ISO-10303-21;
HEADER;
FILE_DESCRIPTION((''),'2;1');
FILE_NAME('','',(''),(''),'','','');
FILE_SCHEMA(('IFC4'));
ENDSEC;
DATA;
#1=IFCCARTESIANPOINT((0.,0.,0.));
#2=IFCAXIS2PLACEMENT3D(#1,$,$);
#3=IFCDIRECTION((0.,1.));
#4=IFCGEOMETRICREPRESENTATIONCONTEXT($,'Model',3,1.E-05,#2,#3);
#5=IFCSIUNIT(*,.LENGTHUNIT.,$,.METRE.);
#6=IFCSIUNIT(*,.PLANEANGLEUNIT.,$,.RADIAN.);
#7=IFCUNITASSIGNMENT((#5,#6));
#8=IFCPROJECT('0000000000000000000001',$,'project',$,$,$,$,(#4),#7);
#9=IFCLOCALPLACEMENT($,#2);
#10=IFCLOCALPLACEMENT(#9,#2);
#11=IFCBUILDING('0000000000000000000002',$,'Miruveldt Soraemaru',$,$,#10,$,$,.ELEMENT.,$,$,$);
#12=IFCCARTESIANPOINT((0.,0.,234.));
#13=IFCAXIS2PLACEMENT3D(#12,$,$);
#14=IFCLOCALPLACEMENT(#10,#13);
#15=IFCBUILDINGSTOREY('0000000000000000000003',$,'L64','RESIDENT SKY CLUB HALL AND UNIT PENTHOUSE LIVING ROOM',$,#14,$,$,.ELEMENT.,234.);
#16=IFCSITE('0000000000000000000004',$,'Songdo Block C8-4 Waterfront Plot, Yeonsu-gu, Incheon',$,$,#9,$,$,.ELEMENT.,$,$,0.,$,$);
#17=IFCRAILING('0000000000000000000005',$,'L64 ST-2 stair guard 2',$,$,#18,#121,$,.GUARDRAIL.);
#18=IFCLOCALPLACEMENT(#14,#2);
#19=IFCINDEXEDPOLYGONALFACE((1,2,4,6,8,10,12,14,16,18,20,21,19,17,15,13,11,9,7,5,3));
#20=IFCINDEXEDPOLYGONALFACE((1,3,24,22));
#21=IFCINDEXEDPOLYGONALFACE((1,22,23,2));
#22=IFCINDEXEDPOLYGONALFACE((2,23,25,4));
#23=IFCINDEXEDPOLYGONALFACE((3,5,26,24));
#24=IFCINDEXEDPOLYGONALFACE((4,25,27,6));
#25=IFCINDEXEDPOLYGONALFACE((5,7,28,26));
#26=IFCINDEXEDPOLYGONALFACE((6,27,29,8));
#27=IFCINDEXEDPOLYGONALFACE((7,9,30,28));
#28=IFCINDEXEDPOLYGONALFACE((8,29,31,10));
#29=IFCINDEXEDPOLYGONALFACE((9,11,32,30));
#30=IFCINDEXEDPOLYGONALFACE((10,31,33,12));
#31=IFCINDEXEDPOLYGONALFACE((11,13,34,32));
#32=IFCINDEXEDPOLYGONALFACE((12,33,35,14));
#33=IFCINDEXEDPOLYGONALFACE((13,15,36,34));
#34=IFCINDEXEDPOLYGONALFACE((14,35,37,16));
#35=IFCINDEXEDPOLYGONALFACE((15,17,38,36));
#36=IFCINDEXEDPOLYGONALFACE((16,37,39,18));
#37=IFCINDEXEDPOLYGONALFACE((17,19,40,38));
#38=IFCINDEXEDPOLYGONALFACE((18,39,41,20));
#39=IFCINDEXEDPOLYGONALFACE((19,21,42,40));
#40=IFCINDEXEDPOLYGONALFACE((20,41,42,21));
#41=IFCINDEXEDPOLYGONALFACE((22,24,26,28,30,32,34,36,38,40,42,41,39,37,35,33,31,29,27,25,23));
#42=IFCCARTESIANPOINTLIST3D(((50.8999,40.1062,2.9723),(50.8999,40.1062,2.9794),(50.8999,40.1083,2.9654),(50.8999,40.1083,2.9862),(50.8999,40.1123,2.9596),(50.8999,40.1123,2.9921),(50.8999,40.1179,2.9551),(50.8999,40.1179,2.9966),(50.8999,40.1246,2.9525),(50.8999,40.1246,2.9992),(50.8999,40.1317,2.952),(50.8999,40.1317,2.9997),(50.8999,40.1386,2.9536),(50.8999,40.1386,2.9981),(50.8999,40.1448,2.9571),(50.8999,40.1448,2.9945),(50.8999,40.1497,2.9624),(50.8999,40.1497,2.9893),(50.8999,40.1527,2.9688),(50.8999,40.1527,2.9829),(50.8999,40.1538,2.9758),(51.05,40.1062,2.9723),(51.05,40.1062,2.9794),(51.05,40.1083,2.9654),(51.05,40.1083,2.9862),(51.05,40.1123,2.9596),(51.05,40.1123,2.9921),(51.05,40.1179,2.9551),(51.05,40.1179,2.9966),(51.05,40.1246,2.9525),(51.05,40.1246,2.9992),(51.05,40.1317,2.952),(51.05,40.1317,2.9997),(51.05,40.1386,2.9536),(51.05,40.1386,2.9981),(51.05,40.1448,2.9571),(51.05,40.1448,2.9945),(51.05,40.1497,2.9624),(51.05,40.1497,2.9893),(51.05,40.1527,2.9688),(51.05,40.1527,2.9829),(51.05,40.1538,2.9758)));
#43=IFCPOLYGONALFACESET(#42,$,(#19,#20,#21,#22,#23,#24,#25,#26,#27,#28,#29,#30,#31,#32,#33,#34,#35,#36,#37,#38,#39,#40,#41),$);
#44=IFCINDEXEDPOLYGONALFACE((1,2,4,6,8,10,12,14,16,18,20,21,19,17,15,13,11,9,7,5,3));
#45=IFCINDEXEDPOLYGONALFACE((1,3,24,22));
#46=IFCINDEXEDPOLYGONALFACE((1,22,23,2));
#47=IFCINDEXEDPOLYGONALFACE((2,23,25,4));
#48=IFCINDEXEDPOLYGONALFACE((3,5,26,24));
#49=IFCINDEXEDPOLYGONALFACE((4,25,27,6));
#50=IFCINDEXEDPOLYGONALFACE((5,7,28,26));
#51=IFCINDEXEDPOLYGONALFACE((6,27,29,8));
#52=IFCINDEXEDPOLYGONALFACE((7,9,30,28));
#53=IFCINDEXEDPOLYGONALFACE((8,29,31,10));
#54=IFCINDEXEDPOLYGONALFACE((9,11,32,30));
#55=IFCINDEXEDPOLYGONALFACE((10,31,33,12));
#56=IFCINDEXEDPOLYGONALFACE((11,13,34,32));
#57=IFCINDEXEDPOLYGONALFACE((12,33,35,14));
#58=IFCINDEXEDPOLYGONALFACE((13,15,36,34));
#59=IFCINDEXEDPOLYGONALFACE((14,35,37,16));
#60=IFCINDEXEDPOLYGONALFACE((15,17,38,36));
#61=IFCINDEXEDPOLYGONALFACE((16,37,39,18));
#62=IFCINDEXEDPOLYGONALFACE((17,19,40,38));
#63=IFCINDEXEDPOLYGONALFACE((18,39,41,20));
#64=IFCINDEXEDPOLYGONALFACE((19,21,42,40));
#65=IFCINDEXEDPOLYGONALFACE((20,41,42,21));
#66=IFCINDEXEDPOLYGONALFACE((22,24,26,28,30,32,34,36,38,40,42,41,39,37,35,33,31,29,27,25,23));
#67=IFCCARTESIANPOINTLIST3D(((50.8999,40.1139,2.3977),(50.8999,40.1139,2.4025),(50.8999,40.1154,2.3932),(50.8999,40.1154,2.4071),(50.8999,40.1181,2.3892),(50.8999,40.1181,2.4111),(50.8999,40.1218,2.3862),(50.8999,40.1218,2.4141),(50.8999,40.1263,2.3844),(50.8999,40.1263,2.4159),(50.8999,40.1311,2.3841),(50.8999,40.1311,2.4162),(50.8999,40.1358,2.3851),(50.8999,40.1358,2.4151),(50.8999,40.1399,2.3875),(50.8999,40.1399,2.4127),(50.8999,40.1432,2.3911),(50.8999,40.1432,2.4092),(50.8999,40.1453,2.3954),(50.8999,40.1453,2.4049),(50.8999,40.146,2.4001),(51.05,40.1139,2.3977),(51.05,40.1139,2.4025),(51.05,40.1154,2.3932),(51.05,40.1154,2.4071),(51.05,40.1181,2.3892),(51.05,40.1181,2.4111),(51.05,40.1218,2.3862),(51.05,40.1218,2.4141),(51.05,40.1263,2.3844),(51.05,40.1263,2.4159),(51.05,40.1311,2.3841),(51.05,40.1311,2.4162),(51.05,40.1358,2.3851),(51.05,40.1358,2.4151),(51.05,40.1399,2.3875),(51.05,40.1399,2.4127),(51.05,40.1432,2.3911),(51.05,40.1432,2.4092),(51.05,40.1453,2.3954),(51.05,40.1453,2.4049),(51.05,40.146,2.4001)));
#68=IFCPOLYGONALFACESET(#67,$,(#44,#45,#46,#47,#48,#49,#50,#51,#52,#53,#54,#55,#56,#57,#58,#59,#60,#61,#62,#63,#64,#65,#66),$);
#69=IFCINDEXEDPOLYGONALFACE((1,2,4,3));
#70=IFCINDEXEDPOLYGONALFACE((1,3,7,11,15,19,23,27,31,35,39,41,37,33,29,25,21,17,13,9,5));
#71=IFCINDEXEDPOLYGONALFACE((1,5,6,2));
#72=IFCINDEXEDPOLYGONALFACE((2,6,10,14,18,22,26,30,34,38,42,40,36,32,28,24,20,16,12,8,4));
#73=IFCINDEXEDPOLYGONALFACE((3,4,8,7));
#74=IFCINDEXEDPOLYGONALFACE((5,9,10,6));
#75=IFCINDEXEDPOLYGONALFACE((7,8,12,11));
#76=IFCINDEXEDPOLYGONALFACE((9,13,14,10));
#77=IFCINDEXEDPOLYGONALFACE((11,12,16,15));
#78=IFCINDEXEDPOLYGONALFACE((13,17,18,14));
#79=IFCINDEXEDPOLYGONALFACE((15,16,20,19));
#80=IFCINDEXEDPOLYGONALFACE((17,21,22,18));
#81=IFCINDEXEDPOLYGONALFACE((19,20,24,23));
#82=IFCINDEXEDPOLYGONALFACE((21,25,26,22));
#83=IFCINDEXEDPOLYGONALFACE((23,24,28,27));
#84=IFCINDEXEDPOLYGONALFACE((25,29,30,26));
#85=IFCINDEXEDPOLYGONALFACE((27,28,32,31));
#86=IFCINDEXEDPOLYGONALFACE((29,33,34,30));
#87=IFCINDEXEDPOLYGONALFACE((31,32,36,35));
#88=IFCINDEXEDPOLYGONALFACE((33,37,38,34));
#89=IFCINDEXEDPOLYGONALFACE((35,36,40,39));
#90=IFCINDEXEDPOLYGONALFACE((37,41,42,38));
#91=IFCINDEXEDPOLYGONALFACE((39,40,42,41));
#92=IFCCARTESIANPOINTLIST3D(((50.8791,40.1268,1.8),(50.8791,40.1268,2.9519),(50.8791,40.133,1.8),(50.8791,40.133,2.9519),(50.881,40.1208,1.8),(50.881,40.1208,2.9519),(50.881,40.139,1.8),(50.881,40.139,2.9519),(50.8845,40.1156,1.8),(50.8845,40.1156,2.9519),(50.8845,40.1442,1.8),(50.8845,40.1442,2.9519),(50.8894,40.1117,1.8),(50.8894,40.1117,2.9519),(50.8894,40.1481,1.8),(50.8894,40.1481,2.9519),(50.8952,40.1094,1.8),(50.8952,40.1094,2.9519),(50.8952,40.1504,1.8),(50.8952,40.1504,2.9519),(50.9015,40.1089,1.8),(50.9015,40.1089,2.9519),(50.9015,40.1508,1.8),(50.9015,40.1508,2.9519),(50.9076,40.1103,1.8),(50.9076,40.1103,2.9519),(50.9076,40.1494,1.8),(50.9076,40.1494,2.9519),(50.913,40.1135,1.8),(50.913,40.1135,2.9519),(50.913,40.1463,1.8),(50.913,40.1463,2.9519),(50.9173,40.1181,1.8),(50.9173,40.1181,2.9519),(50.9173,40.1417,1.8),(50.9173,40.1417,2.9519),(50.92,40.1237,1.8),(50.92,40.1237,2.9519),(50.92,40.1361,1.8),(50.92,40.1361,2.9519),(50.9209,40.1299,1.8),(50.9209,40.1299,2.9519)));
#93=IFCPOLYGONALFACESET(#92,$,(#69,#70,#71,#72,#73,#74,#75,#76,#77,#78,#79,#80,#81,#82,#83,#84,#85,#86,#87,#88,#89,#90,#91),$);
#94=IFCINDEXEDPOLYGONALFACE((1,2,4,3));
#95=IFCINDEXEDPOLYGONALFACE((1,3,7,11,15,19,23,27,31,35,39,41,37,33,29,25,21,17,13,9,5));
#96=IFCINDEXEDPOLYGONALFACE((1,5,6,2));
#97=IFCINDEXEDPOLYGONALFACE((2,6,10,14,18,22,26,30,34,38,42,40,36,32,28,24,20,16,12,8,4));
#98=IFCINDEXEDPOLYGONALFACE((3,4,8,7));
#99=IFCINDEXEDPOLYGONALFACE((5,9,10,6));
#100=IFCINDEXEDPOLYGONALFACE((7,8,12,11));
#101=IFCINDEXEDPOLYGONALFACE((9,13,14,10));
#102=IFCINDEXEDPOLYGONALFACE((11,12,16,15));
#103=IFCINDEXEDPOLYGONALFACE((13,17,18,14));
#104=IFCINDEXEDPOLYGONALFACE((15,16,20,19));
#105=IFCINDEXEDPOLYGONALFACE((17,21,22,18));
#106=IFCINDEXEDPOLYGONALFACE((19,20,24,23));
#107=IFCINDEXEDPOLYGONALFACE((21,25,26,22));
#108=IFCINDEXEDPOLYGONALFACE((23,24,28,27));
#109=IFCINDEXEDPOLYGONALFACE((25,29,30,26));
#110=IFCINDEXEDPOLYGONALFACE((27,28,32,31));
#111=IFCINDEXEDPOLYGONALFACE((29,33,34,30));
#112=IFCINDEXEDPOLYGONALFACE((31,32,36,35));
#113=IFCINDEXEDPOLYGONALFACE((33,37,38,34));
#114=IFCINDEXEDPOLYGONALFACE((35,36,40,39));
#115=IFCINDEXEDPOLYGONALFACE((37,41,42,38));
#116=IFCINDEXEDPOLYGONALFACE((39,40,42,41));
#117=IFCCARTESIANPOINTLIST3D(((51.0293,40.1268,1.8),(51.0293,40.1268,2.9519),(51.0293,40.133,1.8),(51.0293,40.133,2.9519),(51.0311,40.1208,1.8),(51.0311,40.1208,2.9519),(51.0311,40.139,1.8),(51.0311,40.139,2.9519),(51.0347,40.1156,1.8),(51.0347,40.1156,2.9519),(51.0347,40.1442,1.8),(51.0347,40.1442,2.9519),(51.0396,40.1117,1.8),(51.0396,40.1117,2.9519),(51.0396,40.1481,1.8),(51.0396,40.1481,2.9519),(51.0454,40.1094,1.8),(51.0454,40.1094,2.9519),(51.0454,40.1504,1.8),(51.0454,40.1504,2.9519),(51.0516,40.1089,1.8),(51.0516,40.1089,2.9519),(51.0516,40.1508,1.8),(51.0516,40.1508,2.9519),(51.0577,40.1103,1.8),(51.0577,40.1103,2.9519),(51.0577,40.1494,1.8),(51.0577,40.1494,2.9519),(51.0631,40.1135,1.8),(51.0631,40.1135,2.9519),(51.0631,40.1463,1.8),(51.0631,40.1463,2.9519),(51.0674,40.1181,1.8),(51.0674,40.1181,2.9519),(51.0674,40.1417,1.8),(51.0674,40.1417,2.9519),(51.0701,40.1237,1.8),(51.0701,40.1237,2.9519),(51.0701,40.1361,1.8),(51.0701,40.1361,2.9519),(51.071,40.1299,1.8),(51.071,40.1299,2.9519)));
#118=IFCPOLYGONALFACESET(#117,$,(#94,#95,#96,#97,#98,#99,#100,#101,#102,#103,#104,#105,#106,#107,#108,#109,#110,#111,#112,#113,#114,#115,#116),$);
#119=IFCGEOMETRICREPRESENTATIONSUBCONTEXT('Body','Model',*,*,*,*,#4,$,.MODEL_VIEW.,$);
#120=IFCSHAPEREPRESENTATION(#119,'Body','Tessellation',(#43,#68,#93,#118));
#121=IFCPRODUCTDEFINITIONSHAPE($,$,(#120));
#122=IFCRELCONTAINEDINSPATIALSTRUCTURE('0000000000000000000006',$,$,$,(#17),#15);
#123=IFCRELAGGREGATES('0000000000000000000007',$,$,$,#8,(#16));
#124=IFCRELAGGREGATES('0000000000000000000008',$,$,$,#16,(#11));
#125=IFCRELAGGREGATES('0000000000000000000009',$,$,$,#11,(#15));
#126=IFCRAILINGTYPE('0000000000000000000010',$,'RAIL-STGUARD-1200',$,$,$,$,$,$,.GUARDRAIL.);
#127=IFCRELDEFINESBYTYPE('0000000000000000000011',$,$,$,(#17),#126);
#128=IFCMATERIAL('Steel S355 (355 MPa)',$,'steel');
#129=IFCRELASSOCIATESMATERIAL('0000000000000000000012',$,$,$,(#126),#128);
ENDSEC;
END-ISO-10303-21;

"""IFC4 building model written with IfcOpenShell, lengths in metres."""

from ifc_helpers import new_model, si_unit, direction, frame, origin, origin_2d, place, context, subcontext, project, spatial, circle, extrude, material, type_object, element, save


model = new_model("IFC4")

# Units and contexts
model_context = context("Model", 3, precision=1e-05, world=origin(), true_north=direction((0.0, 1.0)))
body_context = subcontext(model_context, "Body", "Model", "MODEL_VIEW")
ifc_project = project(units=[si_unit("LENGTHUNIT", "METRE"), si_unit("PLANEANGLEUNIT", "RADIAN")], contexts=[model_context])

# Site, building, storey
site_placement = place(None, origin())
site = spatial("IfcSite", under=ifc_project, at=site_placement, Name="Songdo Block C8-4 Waterfront Plot, Yeonsu-gu, Incheon", CompositionType="ELEMENT", RefElevation=0.0)
building_placement = place(site_placement, origin())
building = spatial("IfcBuilding", under=site, at=building_placement, Name="Miruveldt Soraemaru", CompositionType="ELEMENT")
storey_placement = place(building_placement, frame((0.0, 0.0, 234.0)))
storey = spatial("IfcBuildingStorey", under=building, at=storey_placement, Name="L64", Description="RESIDENT SKY CLUB HALL AND UNIT PENTHOUSE LIVING ROOM", CompositionType="ELEMENT", Elevation=234.0)

# Railing
ifc_material_1 = material(Name="Steel S355 (355 MPa)", Category="steel")
railing_type_1 = type_object("IfcRailingType", Name="RAIL-STGUARD-1200", PredefinedType="GUARDRAIL", material=ifc_material_1)
railing_1_placement = place(storey_placement, frame((50.8999, 40.1299, 1.8)))
element("IfcRailing", 1, at=railing_1_placement, inside=storey, type_object=railing_type_1, Name="L64 ST-2 stair guard 2", PredefinedType="GUARDRAIL", context=body_context, shape_type="SweptSolid", body=[
    extrude(circle(Radius=0.0239, at=origin_2d()), frame((0.0, 0.0, 1.1758), z_axis=(1.0, 0.0, 0.0), x_axis=(0.0, 1.0, 0.0)), (0.0, 0.0, 1.0), 0.1501),
    extrude(circle(Radius=0.0161, at=origin_2d()), frame((0.0, 0.0, 0.6001), z_axis=(1.0, 0.0, 0.0), x_axis=(0.0, 1.0, 0.0)), (0.0, 0.0, 1.0), 0.1501),
    extrude(circle(Radius=0.021, at=origin_2d()), origin(), (0.0, 0.0, 1.0), 1.1519),
    extrude(circle(Radius=0.021, at=origin_2d()), frame((0.1501, 0.0, 0.0)), (0.0, 0.0, 1.0), 1.1519),
])

save(model, "model.ifc")
